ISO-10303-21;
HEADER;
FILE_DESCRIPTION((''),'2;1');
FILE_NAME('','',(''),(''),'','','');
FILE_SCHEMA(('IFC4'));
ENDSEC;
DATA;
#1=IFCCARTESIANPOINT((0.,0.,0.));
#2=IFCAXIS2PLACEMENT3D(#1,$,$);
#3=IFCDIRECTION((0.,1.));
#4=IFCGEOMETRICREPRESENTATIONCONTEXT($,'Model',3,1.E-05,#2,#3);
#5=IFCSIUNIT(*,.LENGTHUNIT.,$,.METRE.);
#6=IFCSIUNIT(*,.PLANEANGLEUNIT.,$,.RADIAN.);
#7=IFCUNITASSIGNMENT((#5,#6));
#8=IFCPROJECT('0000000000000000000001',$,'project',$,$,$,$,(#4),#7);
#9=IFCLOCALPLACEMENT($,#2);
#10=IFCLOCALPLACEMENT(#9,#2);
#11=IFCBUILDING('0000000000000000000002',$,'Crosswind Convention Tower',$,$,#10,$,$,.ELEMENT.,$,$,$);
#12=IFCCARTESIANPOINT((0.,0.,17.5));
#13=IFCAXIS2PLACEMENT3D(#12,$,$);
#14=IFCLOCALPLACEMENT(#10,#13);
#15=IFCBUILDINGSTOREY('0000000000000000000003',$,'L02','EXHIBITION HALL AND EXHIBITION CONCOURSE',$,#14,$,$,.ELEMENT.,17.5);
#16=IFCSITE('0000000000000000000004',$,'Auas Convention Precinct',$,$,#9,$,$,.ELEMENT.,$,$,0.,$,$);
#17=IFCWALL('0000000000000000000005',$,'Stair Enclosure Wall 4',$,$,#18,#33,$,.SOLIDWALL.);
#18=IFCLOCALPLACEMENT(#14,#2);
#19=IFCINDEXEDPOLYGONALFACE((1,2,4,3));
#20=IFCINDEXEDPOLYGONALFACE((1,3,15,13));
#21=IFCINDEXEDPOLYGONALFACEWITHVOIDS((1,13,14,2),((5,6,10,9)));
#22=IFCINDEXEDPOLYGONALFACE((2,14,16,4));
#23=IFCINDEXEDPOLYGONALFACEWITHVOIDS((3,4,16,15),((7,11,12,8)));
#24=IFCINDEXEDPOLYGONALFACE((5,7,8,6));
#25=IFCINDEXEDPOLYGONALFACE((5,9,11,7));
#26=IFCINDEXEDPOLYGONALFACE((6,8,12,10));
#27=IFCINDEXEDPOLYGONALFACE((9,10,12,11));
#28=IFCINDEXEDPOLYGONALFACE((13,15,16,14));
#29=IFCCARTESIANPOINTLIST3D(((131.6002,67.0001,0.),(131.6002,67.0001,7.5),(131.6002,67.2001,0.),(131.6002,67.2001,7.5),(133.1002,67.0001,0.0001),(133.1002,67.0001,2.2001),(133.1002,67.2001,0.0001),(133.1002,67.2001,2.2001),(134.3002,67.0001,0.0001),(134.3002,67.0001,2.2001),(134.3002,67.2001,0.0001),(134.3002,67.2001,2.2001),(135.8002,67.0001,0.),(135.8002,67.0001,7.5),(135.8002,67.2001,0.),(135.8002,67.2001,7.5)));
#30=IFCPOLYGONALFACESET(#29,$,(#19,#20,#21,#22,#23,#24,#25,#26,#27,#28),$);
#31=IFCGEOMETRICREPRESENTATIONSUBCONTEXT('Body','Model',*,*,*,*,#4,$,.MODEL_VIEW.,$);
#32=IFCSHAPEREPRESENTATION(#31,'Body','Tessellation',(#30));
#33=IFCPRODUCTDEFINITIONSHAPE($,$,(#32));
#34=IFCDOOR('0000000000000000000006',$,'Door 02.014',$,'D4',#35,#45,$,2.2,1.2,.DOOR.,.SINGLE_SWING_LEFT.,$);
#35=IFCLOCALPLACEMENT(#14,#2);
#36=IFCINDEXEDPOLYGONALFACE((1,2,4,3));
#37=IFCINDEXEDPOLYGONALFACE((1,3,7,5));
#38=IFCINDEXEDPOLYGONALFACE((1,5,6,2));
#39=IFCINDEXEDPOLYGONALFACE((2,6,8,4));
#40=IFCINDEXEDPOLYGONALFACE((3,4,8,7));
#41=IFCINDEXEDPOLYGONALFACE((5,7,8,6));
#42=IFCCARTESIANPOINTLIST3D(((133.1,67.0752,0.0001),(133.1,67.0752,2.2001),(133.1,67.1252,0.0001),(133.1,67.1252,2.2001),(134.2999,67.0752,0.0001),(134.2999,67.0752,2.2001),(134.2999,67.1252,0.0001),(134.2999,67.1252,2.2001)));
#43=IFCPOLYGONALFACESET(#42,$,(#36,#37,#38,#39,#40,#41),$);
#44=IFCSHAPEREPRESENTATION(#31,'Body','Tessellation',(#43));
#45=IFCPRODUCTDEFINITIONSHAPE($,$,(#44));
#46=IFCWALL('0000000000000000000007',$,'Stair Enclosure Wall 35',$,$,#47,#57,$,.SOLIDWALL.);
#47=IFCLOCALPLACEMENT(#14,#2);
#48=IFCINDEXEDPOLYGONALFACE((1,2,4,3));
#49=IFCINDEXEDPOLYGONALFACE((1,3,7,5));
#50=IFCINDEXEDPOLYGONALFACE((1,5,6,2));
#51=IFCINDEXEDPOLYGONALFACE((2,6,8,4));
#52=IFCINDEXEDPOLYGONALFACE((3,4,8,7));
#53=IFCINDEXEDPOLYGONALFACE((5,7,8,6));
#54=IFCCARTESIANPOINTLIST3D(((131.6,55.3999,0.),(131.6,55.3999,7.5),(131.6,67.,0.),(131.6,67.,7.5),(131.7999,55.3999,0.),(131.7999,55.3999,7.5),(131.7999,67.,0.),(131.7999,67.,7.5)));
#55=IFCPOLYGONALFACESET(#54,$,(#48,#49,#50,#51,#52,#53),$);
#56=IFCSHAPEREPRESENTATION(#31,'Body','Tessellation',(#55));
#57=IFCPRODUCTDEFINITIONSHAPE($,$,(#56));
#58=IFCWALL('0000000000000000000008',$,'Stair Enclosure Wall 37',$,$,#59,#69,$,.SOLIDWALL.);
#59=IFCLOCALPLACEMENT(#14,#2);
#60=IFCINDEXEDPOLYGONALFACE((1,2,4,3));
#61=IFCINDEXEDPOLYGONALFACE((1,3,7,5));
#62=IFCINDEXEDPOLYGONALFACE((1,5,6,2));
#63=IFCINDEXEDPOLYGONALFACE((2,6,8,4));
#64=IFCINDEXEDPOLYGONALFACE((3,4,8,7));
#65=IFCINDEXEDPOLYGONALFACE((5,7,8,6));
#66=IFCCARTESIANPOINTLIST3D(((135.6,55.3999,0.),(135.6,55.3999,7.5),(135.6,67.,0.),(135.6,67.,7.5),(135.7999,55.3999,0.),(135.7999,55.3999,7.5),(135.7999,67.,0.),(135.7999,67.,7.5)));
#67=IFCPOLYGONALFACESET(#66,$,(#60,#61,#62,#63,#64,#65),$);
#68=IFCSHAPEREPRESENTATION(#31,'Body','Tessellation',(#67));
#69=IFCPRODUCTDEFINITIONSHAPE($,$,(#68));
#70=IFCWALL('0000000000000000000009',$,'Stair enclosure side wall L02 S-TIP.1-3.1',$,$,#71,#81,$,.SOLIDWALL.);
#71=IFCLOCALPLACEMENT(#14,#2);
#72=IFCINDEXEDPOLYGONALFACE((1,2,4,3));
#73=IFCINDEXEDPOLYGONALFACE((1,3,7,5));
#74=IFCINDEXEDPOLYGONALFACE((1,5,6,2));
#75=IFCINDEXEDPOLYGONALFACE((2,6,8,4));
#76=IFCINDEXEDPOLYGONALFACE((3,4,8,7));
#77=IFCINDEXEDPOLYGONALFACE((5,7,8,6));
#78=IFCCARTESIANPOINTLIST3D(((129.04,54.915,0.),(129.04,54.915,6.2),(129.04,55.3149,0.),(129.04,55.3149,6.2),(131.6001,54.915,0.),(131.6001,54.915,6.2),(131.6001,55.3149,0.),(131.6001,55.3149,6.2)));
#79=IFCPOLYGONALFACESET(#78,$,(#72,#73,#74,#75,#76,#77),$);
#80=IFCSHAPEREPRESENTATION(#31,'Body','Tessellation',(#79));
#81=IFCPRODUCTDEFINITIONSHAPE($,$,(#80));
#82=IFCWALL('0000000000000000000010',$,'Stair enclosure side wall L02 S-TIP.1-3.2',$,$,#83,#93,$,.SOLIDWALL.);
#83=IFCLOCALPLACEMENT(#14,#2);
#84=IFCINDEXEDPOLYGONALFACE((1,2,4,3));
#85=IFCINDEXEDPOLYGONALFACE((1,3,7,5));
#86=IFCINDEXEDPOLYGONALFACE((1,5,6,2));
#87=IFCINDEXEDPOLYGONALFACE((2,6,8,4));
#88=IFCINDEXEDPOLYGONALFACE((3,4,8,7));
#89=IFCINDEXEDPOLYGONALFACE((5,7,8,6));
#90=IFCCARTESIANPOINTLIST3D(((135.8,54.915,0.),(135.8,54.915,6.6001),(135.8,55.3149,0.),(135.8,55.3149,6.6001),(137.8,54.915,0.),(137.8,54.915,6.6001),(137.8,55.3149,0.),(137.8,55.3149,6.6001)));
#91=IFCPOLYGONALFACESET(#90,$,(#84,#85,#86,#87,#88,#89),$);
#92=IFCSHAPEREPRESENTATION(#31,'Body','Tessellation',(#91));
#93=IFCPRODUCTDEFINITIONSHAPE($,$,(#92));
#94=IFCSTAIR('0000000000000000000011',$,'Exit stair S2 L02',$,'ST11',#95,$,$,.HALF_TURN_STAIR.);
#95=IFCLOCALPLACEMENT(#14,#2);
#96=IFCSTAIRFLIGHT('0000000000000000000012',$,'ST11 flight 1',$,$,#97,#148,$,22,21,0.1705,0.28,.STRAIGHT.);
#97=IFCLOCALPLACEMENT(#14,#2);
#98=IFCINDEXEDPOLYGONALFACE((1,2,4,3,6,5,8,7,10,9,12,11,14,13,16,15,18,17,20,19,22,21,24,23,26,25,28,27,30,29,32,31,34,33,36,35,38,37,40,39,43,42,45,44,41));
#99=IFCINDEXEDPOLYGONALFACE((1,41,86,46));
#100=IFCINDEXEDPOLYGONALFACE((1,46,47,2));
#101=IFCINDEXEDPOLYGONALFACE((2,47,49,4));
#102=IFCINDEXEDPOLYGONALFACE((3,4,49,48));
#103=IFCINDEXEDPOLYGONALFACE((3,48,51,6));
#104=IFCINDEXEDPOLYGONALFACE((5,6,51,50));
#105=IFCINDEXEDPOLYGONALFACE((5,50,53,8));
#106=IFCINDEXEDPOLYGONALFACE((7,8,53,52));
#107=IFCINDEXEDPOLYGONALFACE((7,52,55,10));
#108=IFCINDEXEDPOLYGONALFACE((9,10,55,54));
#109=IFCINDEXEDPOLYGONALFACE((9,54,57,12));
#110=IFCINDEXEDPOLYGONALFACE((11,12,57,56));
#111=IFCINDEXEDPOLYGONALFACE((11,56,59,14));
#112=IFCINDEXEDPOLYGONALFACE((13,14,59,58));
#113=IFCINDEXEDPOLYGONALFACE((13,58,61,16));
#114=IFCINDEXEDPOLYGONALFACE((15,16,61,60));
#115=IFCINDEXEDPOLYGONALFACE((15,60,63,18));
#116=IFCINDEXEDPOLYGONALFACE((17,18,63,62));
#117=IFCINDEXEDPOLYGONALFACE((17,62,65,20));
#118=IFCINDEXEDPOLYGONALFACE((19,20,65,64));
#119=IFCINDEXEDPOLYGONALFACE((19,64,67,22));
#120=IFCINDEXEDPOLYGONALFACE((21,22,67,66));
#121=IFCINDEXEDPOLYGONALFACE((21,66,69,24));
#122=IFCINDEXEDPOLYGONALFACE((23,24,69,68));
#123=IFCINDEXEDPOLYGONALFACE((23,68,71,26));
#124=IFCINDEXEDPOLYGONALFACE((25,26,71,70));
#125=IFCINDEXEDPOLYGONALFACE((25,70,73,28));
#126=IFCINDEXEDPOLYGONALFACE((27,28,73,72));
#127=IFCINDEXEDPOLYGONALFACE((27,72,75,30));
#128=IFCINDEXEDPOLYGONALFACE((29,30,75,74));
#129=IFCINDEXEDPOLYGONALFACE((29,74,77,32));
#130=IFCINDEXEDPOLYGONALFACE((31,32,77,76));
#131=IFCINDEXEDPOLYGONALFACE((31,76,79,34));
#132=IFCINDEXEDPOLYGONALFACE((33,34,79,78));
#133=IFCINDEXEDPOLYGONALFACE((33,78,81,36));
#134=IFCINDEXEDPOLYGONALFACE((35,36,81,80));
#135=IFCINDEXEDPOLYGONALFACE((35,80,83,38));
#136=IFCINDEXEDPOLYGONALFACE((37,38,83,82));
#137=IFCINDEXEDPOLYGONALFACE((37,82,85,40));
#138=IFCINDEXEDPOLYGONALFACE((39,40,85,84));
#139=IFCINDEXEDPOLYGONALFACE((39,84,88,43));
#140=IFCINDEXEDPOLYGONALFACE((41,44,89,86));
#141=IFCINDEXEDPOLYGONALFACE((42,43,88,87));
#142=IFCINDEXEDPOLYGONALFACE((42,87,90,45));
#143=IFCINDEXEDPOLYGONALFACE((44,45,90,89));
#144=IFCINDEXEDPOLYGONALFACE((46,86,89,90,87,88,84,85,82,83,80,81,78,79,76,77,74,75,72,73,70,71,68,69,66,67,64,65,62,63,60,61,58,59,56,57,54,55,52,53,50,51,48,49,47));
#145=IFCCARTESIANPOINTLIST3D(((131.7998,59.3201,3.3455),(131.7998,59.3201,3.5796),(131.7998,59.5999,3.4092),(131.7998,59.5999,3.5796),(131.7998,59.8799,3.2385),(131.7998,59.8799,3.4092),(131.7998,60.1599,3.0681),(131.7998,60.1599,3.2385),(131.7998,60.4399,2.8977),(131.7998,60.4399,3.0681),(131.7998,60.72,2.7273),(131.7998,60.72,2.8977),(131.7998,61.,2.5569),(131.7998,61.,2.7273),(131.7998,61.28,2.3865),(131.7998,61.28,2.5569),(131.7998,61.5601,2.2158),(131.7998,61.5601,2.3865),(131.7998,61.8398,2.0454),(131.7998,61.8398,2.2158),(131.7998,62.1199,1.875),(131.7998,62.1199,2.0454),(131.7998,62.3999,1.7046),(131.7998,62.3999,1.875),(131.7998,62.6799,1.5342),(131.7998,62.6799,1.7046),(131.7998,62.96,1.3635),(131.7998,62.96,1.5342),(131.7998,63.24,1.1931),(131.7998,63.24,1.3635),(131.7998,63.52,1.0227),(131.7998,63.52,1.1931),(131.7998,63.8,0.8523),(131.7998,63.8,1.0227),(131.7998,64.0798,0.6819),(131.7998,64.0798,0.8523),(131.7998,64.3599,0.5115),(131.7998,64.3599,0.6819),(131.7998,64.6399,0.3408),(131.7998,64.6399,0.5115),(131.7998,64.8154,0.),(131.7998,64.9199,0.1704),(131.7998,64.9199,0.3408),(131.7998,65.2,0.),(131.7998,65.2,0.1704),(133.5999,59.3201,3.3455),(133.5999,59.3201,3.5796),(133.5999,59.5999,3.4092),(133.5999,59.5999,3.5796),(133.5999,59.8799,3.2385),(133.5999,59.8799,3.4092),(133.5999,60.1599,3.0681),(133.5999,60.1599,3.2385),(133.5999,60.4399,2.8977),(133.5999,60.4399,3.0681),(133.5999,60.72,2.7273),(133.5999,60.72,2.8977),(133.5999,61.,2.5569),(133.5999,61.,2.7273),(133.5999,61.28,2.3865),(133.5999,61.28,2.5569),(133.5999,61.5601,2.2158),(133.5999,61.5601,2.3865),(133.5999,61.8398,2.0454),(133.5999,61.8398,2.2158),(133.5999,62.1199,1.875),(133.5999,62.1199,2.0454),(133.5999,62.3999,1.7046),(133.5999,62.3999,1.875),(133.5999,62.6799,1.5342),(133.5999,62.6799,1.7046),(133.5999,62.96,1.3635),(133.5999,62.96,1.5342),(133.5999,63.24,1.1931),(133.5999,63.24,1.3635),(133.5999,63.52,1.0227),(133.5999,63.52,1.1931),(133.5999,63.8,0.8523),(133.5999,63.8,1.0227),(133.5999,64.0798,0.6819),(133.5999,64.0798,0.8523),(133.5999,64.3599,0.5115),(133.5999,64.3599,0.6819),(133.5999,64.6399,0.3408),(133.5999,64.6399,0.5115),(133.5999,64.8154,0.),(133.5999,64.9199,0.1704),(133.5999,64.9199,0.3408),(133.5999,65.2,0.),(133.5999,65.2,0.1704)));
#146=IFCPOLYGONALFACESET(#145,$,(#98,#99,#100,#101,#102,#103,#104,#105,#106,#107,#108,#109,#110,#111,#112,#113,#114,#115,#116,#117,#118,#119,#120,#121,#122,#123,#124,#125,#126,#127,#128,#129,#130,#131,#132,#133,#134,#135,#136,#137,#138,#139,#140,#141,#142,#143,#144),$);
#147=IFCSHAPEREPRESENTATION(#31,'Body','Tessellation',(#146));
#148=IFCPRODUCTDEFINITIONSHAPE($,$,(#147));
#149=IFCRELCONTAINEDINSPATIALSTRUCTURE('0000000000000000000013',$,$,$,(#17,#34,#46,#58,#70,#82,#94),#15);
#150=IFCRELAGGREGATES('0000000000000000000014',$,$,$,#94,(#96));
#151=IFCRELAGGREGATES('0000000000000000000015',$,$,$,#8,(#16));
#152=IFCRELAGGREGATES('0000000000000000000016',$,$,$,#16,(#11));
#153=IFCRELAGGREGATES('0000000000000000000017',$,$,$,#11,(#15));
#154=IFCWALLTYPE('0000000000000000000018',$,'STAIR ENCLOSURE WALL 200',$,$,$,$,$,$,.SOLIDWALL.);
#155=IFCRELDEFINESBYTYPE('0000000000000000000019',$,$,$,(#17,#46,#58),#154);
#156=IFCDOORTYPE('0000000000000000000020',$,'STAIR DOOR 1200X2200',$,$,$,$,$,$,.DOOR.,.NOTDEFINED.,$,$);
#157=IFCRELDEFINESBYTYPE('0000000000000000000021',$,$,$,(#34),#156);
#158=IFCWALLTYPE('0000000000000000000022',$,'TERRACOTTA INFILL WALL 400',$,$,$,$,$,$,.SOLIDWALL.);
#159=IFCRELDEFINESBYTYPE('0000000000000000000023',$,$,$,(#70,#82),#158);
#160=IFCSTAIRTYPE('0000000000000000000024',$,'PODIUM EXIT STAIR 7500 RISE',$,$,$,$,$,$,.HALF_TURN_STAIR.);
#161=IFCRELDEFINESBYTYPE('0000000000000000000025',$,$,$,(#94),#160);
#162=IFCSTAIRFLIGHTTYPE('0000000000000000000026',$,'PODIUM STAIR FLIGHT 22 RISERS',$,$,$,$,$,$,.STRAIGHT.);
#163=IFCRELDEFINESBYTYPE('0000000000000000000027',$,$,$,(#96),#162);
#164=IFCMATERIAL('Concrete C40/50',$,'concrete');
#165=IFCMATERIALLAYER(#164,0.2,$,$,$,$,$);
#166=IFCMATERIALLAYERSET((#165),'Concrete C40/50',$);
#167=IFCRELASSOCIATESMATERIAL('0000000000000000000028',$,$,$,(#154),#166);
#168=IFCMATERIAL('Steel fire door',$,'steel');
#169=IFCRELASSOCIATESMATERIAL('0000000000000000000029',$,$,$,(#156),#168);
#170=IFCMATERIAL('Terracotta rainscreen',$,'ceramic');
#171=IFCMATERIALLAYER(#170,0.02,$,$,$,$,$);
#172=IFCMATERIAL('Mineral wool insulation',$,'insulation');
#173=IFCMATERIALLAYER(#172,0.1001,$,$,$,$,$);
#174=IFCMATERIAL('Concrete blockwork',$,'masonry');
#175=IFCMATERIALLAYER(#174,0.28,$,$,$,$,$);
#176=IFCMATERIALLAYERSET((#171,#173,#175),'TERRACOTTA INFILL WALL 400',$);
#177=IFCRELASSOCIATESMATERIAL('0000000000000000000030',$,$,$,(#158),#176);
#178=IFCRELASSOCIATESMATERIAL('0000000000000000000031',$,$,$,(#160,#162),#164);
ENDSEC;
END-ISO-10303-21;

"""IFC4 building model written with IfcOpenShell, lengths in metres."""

from ifc_helpers import new_model, si_unit, direction, frame, frame_2d, origin, place, context, subcontext, project, spatial, polyline, rectangle, outline, extrude, material, layer, layer_set, type_object, element, fill, aggregate, save


model = new_model("IFC4")

# Units and contexts
model_context = context("Model", 3, precision=1e-05, world=origin(), true_north=direction((0.0, 1.0)))
body_context = subcontext(model_context, "Body", "Model", "MODEL_VIEW")
ifc_project = project(units=[si_unit("LENGTHUNIT", "METRE"), si_unit("PLANEANGLEUNIT", "RADIAN")], contexts=[model_context])

# Site, building, storey
site_placement = place(None, origin())
site = spatial("IfcSite", under=ifc_project, at=site_placement, Name="Auas Convention Precinct", CompositionType="ELEMENT", RefElevation=0.0)
building_placement = place(site_placement, origin())
building = spatial("IfcBuilding", under=site, at=building_placement, Name="Crosswind Convention Tower", CompositionType="ELEMENT")
storey_placement = place(building_placement, frame((0.0, 0.0, 17.5)))
storey = spatial("IfcBuildingStorey", under=building, at=storey_placement, Name="L02", Description="EXHIBITION HALL AND EXHIBITION CONCOURSE", CompositionType="ELEMENT", Elevation=17.5)

# Shared definitions
ifc_material_1 = material(Name="Concrete C40/50", Category="concrete")
ifc_layer_1 = layer(ifc_material_1, 0.2)
ifc_layer_set_1 = layer_set([ifc_layer_1], Name="Concrete C40/50")
wall_type_1 = type_object("IfcWallType", Name="STAIR ENCLOSURE WALL 200", PredefinedType="SOLIDWALL", material=ifc_layer_set_1)

# Wall, opening, door
wall_1_placement = place(storey_placement, frame((131.6001, 67.1001, 0.0), z_axis=(0.0, 0.0, 1.0), x_axis=(1.0, 0.0, 0.0)))
wall_1 = element("IfcWall", 1, at=wall_1_placement, inside=storey, type_object=wall_type_1, Name="Stair Enclosure Wall 4", PredefinedType="SOLIDWALL", context=body_context, shape_type="SweptSolid", body=[
    extrude(rectangle(XDim=4.2, YDim=0.2, at=frame_2d((2.1001, 0.0))), origin(), (0.0, 0.0, 1.0), 7.5),
])
opening_placement = place(wall_1_placement, frame((1.5, 0.0, 0.0)))
opening = element("IfcOpeningElement", 2, at=opening_placement, cuts=wall_1, PredefinedType="OPENING", context=body_context, shape_type="SweptSolid", body=[
    extrude(rectangle(XDim=1.2, YDim=2.2, at=frame_2d((0.6001, 1.1001))), frame((0.0, 0.1099, 0.0), z_axis=(0.0, -1.0, 0.0), x_axis=(1.0, 0.0, 0.0)), (0.0, 0.0, 1.0), 0.22),
])
ifc_material_2 = material(Name="Steel fire door", Category="steel")
door_type = type_object("IfcDoorType", Name="STAIR DOOR 1200X2200", OperationType="NOTDEFINED", PredefinedType="DOOR", material=ifc_material_2)
door_placement = place(opening_placement, frame((1.2, 0.0, 0.0), z_axis=(0.0, 0.0, 1.0), x_axis=(-1.0, 0.0, 0.0)))
door = element("IfcDoor", 3, at=door_placement, inside=storey, type_object=door_type, Name="Door 02.014", ObjectType="D4", OperationType="SINGLE_SWING_LEFT", OverallHeight=2.2, OverallWidth=1.2, PredefinedType="DOOR", context=body_context, shape_type="SweptSolid", body=[
    extrude(rectangle(XDim=1.2, YDim=2.2, at=frame_2d((0.6001, 1.1001))), frame((0.0, 0.0249, 0.0), z_axis=(0.0, -1.0, 0.0), x_axis=(1.0, 0.0, 0.0)), (0.0, 0.0, 1.0), 0.05),
])
fill(opening, door)

# Walls
for number, where, z_axis, x_axis, name in (
    (4, (131.7, 55.3999, 0.0), (0.0, 0.0, 1.0), (0.0, 1.0, 0.0), "Stair Enclosure Wall 35"),
    (5, (135.7, 55.3999, 0.0), (0.0, 0.0, 1.0), (0.0, 1.0, 0.0), "Stair Enclosure Wall 37"),
):
    element("IfcWall", number, at=place(storey_placement, frame(where, z_axis=z_axis, x_axis=x_axis)), inside=storey, type_object=wall_type_1, Name=name, PredefinedType="SOLIDWALL", context=body_context, shape_type="SweptSolid", body=[
        extrude(rectangle(XDim=11.6001, YDim=0.2, at=frame_2d((5.8, 0.0))), origin(), (0.0, 0.0, 1.0), 7.5),
    ])
ifc_material_3 = material(Name="Terracotta rainscreen", Category="ceramic")
ifc_layer_2 = layer(ifc_material_3, 0.02)
ifc_material_4 = material(Name="Mineral wool insulation", Category="insulation")
ifc_layer_3 = layer(ifc_material_4, 0.1001)
ifc_material_5 = material(Name="Concrete blockwork", Category="masonry")
ifc_layer_4 = layer(ifc_material_5, 0.28)
ifc_layer_set_2 = layer_set([ifc_layer_2, ifc_layer_3, ifc_layer_4], Name="TERRACOTTA INFILL WALL 400")
wall_type_2 = type_object("IfcWallType", Name="TERRACOTTA INFILL WALL 400", PredefinedType="SOLIDWALL", material=ifc_layer_set_2)
wall_2_placement = place(storey_placement, frame((129.04, 55.115, 0.0), z_axis=(0.0, 0.0, 1.0), x_axis=(1.0, 0.0, 0.0)))
element("IfcWall", 6, at=wall_2_placement, inside=storey, type_object=wall_type_2, Name="Stair enclosure side wall L02 S-TIP.1-3.1", PredefinedType="SOLIDWALL", context=body_context, shape_type="SweptSolid", body=[
    extrude(rectangle(XDim=2.5601, YDim=0.3999, at=frame_2d((1.28, 0.0))), origin(), (0.0, 0.0, 1.0), 6.2),
])
wall_3_placement = place(storey_placement, frame((135.8, 55.115, 0.0), z_axis=(0.0, 0.0, 1.0), x_axis=(1.0, 0.0, 0.0)))
element("IfcWall", 7, at=wall_3_placement, inside=storey, type_object=wall_type_2, Name="Stair enclosure side wall L02 S-TIP.1-3.2", PredefinedType="SOLIDWALL", context=body_context, shape_type="SweptSolid", body=[
    extrude(rectangle(XDim=2.0, YDim=0.3999, at=frame_2d((1.0, 0.0))), origin(), (0.0, 0.0, 1.0), 6.6001),
])

# Stair, stair flight
stair_type = type_object("IfcStairType", Name="PODIUM EXIT STAIR 7500 RISE", PredefinedType="HALF_TURN_STAIR", material=ifc_material_1)
stair_placement = place(storey_placement, origin())
stair = element("IfcStair", 8, at=stair_placement, inside=storey, type_object=stair_type, Name="Exit stair S2 L02", ObjectType="ST11", PredefinedType="HALF_TURN_STAIR")
stair_flight_type = type_object("IfcStairFlightType", Name="PODIUM STAIR FLIGHT 22 RISERS", PredefinedType="STRAIGHT", material=ifc_material_1)
stair_flight_1_placement = place(storey_placement, frame((132.7, 65.2, 0.0), z_axis=(0.0, 0.0, 1.0), x_axis=(0.0, -1.0, 0.0)))
stair_flight_1 = element("IfcStairFlight", 9, at=stair_flight_1_placement, type_object=stair_flight_type, Name="ST11 flight 1", NumberOfRisers=22, NumberOfTreads=21, PredefinedType="STRAIGHT", RiserHeight=0.1705, TreadLength=0.28, context=body_context, shape_type="SweptSolid", body=[
    extrude(outline(polyline([(0.0, 0.0), (0.0, 0.1704), (0.28, 0.1704), (0.28, 0.3408), (0.5601, 0.3408), (0.5601, 0.5115), (0.8401, 0.5115), (0.8401, 0.6819), (1.1201, 0.6819), (1.1201, 0.8523), (1.3999, 0.8523), (1.3999, 1.0227), (1.6799, 1.0227), (1.6799, 1.1931), (1.96, 1.1931), (1.96, 1.3635), (2.24, 1.3635), (2.24, 1.5342), (2.52, 1.5342), (2.52, 1.7046), (2.8, 1.7046), (2.8, 1.875), (3.0801, 1.875), (3.0801, 2.0454), (3.3601, 2.0454), (3.3601, 2.2158), (3.6399, 2.2158), (3.6399, 2.3865), (3.9199, 2.3865), (3.9199, 2.5569), (4.2, 2.5569), (4.2, 2.7273), (4.48, 2.7273), (4.48, 2.8977), (4.76, 2.8977), (4.76, 3.0681), (5.04, 3.0681), (5.04, 3.2385), (5.3201, 3.2385), (5.3201, 3.4092), (5.6001, 3.4092), (5.6001, 3.5796), (5.8799, 3.5796), (5.8799, 3.75), (5.8799, 3.3455), (0.3845, 0.0), (0.0, 0.0)])), frame((0.0, 0.8999, 0.0), z_axis=(0.0, -1.0, 0.0), x_axis=(1.0, 0.0, 0.0)), (0.0, 0.0, 1.0), 1.8),
])
aggregate(stair, [stair_flight_1])

save(model, "model.ifc")
